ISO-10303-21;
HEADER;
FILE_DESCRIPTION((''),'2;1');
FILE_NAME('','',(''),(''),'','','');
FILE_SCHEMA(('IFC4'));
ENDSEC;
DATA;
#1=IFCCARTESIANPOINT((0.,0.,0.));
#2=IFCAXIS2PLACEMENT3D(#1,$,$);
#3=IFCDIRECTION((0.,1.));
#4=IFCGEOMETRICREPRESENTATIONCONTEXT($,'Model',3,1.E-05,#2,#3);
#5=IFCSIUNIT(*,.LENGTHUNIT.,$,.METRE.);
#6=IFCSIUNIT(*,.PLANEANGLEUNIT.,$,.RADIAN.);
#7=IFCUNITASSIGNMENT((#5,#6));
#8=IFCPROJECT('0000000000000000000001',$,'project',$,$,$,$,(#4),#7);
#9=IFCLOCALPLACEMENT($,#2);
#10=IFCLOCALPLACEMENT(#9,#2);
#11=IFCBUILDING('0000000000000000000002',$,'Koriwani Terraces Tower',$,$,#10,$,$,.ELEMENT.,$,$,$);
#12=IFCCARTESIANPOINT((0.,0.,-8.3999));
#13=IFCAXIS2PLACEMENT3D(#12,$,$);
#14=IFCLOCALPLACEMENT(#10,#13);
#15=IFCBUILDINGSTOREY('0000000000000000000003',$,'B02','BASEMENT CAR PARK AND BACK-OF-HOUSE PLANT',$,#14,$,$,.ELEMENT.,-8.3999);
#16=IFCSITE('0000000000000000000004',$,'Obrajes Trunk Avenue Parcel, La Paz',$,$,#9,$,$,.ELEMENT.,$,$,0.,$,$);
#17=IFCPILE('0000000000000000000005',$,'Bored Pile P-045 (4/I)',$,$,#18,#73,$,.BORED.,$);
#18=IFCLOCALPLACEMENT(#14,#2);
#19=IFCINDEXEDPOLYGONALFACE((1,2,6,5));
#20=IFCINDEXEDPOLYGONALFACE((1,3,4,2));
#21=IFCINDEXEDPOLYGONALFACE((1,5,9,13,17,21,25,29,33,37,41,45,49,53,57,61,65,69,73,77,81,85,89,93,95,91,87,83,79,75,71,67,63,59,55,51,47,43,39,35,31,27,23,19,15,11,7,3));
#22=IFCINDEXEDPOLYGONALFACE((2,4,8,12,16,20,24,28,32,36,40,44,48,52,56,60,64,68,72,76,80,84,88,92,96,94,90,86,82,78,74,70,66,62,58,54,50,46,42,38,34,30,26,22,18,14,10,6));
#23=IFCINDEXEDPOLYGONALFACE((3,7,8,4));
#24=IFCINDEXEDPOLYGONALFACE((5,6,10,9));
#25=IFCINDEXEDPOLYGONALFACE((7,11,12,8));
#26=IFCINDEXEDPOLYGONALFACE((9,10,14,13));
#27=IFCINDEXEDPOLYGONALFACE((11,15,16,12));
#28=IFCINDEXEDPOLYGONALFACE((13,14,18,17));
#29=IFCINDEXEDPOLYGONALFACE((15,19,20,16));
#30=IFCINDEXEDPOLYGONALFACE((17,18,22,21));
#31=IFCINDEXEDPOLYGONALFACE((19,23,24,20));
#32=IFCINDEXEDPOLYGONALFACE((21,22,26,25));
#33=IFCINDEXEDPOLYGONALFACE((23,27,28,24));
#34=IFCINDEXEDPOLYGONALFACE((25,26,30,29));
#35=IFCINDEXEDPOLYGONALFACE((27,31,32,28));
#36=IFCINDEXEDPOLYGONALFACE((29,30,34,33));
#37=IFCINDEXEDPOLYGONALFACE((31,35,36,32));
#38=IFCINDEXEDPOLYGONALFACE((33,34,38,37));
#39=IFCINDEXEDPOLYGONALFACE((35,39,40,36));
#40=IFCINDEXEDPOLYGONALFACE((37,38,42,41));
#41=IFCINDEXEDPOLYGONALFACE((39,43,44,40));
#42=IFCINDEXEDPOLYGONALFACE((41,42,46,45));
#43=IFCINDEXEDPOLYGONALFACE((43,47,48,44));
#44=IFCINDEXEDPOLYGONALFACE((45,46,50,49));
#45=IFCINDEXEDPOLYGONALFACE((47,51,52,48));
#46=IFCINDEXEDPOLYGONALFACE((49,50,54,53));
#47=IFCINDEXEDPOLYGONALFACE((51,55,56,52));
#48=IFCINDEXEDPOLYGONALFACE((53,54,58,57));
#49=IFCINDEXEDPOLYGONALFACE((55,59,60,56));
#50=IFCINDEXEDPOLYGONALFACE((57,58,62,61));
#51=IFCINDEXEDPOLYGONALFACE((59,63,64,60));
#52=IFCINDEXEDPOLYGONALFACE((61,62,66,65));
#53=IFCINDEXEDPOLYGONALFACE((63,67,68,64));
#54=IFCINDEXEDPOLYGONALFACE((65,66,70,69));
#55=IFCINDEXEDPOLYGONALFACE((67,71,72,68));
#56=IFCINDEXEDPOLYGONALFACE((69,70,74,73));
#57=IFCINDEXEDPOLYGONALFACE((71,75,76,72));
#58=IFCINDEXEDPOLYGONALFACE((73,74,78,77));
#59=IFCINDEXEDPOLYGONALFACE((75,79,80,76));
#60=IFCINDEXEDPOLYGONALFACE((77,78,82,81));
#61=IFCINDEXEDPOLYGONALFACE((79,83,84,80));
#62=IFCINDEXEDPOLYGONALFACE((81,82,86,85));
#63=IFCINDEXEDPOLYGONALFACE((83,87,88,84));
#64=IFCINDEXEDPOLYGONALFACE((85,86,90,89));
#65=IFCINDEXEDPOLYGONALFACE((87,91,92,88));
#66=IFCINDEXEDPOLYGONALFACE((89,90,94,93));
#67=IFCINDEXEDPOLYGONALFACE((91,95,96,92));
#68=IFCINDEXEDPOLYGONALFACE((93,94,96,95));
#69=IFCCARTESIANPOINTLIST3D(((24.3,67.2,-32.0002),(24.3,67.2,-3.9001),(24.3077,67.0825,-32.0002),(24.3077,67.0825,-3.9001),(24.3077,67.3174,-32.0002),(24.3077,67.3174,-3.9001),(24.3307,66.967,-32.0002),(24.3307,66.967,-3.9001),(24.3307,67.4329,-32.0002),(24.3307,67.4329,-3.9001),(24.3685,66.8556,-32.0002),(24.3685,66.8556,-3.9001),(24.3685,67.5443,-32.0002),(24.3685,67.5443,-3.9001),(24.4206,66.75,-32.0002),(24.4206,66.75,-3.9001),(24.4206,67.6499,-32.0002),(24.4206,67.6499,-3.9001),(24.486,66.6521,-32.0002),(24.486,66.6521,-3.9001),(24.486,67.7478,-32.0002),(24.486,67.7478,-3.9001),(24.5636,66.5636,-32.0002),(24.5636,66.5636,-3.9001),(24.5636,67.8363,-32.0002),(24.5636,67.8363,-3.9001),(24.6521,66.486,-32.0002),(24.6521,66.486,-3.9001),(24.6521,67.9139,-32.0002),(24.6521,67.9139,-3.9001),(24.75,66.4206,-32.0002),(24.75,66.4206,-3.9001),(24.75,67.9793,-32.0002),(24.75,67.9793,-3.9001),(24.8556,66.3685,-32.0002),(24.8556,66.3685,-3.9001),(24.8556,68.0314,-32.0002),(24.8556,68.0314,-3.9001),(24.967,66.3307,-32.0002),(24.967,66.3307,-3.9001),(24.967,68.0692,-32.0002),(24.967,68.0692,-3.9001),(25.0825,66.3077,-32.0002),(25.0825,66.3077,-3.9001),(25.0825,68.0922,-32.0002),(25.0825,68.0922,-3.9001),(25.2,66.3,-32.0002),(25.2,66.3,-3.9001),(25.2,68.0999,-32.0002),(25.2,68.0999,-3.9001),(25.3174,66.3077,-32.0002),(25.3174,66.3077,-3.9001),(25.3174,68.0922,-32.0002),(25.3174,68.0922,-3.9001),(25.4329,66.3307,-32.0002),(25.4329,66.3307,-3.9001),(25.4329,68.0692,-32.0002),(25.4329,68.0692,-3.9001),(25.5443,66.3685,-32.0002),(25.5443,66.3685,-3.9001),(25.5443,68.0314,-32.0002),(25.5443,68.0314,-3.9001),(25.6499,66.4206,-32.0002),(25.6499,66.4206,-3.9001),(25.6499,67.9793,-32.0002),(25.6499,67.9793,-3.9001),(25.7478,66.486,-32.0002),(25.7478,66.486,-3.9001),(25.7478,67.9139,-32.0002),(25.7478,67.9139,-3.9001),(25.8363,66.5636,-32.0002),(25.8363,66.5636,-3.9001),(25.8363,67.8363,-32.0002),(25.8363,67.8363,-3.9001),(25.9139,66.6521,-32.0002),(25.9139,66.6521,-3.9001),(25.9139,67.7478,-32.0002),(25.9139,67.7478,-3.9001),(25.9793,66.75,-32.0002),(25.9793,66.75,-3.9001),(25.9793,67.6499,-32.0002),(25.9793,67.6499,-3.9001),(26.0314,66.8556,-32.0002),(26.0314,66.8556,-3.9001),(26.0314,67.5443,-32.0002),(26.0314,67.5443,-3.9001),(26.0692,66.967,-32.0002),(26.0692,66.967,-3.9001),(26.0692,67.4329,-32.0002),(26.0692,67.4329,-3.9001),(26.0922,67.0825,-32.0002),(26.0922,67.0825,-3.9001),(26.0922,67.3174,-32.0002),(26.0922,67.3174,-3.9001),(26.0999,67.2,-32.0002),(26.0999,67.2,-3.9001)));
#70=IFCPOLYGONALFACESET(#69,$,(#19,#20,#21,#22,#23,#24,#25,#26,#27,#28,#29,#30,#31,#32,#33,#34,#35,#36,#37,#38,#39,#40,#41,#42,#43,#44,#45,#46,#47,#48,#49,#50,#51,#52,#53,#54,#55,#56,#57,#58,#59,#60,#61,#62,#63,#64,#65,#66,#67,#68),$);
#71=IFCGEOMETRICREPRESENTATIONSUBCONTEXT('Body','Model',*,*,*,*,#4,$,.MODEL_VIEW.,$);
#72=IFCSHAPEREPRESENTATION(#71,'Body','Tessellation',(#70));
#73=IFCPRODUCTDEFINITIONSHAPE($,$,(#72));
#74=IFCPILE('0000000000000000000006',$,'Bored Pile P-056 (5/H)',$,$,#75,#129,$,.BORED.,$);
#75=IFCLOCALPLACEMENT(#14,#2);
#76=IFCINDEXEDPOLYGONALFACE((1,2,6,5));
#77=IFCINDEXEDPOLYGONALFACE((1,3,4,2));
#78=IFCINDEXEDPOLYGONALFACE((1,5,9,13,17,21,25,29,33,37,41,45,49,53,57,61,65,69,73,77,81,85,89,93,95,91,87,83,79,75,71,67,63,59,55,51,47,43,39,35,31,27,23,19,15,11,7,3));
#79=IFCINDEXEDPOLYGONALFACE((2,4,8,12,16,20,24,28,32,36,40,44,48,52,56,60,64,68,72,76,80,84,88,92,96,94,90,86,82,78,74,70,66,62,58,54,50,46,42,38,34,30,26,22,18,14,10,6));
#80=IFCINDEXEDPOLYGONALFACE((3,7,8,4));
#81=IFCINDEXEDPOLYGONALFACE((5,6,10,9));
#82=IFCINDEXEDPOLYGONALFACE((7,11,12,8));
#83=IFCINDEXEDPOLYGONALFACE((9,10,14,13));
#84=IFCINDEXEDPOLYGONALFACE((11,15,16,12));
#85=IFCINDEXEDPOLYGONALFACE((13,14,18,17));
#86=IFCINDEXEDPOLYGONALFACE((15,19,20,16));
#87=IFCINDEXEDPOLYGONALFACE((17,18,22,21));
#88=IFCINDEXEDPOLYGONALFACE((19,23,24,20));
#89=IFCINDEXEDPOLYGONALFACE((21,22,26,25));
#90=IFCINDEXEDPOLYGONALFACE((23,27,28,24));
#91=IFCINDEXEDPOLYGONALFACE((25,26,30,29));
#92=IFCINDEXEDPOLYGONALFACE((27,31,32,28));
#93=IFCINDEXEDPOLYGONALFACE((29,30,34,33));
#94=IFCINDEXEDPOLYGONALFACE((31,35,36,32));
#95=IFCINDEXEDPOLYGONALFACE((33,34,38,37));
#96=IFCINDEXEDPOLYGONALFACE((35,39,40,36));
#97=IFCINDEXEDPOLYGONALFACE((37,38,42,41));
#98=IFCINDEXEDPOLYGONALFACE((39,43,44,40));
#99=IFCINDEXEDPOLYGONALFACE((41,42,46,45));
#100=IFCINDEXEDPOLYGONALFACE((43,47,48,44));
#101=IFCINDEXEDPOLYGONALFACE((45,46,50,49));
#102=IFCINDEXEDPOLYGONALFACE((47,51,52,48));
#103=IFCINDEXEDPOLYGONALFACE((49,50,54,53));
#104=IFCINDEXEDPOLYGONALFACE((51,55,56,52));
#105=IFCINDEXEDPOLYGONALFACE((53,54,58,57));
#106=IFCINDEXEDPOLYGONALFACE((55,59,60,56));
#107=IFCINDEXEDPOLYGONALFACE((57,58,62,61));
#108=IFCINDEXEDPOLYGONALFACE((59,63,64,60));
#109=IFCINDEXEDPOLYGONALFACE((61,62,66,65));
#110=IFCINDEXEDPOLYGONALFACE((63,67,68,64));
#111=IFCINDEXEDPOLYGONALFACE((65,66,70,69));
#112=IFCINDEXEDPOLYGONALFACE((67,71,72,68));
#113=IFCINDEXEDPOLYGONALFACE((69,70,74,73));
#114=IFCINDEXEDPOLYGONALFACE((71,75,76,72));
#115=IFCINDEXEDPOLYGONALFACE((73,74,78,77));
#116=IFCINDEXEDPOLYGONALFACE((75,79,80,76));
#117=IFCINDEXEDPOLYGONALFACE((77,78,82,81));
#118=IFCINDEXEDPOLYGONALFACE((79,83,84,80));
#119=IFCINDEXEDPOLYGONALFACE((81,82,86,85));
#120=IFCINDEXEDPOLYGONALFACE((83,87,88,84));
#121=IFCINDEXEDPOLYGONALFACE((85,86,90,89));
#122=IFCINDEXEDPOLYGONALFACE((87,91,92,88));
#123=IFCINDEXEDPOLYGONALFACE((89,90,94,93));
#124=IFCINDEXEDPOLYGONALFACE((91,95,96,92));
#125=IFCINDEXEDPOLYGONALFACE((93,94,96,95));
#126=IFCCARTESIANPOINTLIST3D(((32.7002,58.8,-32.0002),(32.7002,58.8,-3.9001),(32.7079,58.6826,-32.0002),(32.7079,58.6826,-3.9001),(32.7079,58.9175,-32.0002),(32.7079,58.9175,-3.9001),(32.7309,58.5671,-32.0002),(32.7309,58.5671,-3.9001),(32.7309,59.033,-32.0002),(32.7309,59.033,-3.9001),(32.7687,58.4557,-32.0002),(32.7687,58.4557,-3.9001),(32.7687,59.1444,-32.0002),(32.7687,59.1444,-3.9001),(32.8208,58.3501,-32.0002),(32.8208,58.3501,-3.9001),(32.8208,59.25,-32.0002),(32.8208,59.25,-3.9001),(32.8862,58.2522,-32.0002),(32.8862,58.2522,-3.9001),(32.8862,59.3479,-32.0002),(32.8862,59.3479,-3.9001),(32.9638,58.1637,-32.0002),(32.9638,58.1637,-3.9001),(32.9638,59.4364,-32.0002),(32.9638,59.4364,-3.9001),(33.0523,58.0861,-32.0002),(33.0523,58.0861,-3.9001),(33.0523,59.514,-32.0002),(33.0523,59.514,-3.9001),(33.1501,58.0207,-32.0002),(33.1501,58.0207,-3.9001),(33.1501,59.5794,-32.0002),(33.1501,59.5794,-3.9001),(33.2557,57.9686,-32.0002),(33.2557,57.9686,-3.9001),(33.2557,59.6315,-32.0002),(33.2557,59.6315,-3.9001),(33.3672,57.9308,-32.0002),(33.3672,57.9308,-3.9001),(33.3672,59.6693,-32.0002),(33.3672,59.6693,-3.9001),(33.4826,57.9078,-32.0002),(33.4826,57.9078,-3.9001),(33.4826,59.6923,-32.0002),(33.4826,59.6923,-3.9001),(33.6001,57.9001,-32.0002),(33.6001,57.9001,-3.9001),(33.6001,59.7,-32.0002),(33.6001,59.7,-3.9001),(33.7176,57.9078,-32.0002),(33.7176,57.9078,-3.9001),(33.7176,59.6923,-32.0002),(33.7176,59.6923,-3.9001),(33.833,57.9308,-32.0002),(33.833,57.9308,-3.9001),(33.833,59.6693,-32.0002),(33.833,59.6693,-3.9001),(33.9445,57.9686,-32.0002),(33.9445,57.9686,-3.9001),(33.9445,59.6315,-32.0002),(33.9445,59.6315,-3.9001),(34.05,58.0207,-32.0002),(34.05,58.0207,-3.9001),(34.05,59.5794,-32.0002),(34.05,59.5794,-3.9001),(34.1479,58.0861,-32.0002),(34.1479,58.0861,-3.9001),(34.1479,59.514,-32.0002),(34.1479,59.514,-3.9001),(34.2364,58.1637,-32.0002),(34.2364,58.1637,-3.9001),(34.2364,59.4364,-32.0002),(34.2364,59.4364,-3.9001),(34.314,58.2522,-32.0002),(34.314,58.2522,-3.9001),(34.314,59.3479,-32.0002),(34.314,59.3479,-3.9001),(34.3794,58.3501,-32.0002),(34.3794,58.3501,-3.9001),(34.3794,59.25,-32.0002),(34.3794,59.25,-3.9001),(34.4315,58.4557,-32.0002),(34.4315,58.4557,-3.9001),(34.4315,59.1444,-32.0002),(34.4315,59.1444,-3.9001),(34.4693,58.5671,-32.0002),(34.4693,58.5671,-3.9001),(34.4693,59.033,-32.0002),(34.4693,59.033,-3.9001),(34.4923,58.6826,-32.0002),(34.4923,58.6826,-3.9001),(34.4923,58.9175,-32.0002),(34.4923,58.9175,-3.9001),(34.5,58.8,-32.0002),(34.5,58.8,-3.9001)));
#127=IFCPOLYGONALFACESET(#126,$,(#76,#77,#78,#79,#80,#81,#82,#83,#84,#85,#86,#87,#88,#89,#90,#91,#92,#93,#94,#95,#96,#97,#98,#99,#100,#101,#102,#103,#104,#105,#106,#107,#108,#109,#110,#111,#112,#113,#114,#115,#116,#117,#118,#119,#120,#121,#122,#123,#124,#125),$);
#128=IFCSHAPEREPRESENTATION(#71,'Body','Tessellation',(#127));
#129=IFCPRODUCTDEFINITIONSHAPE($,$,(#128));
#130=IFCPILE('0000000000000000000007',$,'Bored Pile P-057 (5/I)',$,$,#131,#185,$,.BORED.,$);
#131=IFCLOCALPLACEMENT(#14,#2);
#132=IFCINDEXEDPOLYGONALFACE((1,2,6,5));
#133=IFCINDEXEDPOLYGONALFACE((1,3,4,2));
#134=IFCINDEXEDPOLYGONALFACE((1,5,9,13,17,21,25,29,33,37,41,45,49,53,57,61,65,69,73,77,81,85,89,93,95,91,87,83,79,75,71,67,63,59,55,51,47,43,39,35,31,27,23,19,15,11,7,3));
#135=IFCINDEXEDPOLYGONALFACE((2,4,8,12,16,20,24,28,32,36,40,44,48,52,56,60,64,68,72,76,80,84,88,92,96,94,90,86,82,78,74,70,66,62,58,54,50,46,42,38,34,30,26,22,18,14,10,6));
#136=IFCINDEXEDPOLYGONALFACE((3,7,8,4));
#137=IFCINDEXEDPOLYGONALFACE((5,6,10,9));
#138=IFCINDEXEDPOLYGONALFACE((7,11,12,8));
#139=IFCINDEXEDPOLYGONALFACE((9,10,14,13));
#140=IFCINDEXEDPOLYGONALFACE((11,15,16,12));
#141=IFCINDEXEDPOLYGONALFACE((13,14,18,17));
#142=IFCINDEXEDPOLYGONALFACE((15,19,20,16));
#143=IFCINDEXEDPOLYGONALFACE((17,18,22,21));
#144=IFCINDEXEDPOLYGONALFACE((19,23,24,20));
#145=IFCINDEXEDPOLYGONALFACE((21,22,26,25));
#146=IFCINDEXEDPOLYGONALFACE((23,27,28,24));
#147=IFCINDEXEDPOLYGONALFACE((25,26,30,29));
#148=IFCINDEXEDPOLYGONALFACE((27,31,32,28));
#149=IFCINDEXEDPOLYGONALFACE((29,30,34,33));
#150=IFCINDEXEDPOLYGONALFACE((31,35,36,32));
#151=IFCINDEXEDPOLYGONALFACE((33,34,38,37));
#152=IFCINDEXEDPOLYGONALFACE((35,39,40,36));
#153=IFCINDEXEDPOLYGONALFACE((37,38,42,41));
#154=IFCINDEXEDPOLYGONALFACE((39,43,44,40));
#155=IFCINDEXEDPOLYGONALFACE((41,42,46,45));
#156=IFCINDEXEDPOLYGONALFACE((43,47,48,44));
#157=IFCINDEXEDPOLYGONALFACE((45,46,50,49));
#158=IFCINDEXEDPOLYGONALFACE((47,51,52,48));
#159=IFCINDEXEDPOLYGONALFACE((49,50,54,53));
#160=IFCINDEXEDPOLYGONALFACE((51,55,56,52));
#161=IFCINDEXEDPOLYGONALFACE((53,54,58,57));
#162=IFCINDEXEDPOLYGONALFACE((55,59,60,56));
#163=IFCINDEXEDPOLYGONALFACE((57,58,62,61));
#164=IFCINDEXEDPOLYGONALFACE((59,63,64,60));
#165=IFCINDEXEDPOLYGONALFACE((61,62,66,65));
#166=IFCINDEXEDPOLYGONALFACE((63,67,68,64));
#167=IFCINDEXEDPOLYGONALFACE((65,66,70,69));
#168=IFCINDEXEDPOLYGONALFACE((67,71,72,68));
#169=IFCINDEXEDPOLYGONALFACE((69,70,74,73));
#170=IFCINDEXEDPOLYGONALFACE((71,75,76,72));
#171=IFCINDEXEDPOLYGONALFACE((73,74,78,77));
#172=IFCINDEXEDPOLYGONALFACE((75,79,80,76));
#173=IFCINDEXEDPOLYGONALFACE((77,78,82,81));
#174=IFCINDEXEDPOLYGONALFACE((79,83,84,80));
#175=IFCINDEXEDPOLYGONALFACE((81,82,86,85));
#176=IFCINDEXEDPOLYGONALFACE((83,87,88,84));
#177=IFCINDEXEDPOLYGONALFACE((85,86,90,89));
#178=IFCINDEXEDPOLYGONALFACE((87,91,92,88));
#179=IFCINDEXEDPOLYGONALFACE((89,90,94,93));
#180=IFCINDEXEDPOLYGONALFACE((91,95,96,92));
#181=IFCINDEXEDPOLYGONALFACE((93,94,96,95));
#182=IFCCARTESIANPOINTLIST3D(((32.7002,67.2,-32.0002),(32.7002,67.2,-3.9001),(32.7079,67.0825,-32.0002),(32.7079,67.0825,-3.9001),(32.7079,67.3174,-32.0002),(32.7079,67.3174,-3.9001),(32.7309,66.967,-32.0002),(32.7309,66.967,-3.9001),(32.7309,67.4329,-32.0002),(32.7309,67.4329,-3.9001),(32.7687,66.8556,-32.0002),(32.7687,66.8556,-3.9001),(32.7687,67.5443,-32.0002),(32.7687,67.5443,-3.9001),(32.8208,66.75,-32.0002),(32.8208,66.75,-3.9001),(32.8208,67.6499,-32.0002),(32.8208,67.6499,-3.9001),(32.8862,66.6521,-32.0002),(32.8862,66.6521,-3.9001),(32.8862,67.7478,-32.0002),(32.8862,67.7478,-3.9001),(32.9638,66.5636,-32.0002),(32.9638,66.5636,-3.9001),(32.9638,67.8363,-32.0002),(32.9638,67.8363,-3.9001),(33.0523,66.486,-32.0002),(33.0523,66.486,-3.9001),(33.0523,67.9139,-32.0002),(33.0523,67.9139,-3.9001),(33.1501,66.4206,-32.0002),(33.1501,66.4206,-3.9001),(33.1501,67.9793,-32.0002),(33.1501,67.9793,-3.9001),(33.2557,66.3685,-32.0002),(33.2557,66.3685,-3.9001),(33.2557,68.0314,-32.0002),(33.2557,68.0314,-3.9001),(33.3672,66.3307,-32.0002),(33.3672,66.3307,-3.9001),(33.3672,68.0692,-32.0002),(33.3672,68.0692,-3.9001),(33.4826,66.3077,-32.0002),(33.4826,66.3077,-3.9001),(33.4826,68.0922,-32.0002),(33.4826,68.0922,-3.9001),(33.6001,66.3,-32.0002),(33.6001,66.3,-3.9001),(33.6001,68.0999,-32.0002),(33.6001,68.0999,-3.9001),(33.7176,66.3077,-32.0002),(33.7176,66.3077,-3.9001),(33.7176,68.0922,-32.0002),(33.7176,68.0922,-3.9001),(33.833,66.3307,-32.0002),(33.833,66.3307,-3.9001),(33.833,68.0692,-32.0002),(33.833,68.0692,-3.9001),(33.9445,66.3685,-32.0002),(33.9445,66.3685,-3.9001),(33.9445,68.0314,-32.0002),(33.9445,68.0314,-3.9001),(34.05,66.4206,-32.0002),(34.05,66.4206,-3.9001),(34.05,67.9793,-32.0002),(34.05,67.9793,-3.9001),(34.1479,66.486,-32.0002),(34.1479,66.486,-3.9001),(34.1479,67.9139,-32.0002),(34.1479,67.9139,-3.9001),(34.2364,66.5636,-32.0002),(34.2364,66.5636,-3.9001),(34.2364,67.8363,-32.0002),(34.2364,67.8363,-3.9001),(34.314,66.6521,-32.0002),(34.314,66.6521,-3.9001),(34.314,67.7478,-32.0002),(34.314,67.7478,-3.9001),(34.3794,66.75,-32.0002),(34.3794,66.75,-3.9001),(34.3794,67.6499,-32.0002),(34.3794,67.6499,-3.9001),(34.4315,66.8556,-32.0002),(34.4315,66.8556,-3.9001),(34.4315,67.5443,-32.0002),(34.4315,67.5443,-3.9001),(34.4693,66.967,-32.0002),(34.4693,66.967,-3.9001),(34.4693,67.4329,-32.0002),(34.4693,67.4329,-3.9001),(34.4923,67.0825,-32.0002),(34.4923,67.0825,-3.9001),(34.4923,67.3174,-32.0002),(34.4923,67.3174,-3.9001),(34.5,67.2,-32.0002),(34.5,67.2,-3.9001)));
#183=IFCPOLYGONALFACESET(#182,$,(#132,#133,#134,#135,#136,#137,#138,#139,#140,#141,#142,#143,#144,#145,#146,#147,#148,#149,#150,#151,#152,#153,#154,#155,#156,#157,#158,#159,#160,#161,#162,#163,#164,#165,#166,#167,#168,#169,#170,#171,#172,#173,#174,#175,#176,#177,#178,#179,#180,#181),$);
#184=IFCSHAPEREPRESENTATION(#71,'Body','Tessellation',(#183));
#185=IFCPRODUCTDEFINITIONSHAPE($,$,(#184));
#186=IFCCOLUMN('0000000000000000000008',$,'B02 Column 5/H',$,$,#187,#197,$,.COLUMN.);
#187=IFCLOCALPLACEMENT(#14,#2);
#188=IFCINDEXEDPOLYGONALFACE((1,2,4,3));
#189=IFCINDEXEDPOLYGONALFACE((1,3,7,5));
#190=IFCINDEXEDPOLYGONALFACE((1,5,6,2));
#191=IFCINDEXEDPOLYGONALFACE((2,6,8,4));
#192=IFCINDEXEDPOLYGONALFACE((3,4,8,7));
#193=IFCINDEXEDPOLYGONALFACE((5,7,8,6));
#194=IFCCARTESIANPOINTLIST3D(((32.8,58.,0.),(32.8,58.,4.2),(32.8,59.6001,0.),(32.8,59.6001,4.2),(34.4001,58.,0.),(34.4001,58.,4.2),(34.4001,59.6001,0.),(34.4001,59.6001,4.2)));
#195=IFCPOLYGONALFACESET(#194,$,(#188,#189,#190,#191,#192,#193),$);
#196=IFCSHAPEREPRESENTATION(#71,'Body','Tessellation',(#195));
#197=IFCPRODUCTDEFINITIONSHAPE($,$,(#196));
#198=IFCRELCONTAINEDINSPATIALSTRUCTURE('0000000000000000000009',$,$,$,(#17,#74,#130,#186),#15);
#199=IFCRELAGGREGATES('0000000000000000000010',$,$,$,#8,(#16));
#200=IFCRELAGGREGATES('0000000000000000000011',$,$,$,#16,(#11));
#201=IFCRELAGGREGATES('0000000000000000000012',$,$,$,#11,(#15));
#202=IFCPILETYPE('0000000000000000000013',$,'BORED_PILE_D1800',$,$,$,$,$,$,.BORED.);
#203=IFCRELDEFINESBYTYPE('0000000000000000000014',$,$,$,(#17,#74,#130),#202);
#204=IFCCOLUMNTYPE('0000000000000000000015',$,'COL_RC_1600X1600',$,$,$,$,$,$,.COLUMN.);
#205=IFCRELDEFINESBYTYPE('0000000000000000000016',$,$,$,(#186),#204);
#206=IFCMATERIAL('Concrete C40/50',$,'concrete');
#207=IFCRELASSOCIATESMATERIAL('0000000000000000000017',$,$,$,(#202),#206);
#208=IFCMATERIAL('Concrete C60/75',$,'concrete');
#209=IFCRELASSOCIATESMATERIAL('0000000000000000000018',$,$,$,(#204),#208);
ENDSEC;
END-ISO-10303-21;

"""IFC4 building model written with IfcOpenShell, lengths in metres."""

from ifc_helpers import new_model, si_unit, direction, frame, origin, origin_2d, place, context, subcontext, project, spatial, rectangle, circle, extrude, material, material_profile, profile_set, type_object, element, save


model = new_model("IFC4")

# Units and contexts
model_context = context("Model", 3, precision=1e-05, world=origin(), true_north=direction((0.0, 1.0)))
body_context = subcontext(model_context, "Body", "Model", "MODEL_VIEW")
ifc_project = project(units=[si_unit("LENGTHUNIT", "METRE"), si_unit("PLANEANGLEUNIT", "RADIAN")], contexts=[model_context])

# Site, building, storey
site_placement = place(None, origin())
site = spatial("IfcSite", under=ifc_project, at=site_placement, Name="Obrajes Trunk Avenue Parcel, La Paz", CompositionType="ELEMENT", RefElevation=0.0)
building_placement = place(site_placement, origin())
building = spatial("IfcBuilding", under=site, at=building_placement, Name="Koriwani Terraces Tower", CompositionType="ELEMENT")
storey_placement = place(building_placement, frame((0.0, 0.0, -8.3999)))
storey = spatial("IfcBuildingStorey", under=building, at=storey_placement, Name="B02", Description="BASEMENT CAR PARK AND BACK-OF-HOUSE PLANT", CompositionType="ELEMENT", Elevation=-8.3999)

# Piles
ifc_material_1 = material(Name="Concrete C40/50", Category="concrete")
ifc_material_profile_1 = material_profile(ifc_material_1, circle(Radius=0.8999, at=origin_2d()), Name="Concrete C40/50")
ifc_profile_set_1 = profile_set([ifc_material_profile_1], Name="Concrete C40/50")
pile_type = type_object("IfcPileType", Name="BORED_PILE_D1800", PredefinedType="BORED", material=ifc_profile_set_1)
for number, where, z_axis, x_axis, name in (
    (1, (25.2, 67.2, -3.9001), (0.0, 0.0, -1.0), (1.0, 0.0, 0.0), "Bored Pile P-045 (4/I)"),
    (2, (33.6001, 58.8, -3.9001), (0.0, 0.0, -1.0), (1.0, 0.0, 0.0), "Bored Pile P-056 (5/H)"),
    (3, (33.6001, 67.2, -3.9001), (0.0, 0.0, -1.0), (1.0, 0.0, 0.0), "Bored Pile P-057 (5/I)"),
):
    element("IfcPile", number, at=place(storey_placement, frame(where, z_axis=z_axis, x_axis=x_axis)), inside=storey, type_object=pile_type, Name=name, PredefinedType="BORED", context=body_context, shape_type="SweptSolid", body=[
        extrude(circle(Radius=0.8999, at=origin_2d()), origin(), (0.0, 0.0, 1.0), 28.1001),
    ])

# Column
ifc_material_2 = material(Name="Concrete C60/75", Category="concrete")
ifc_material_profile_2 = material_profile(ifc_material_2, rectangle(XDim=1.6001, YDim=1.6001, at=origin_2d()), Name="Concrete C60/75", Category="LoadBearing")
ifc_profile_set_2 = profile_set([ifc_material_profile_2], Name="Concrete C60/75")
column_type_1 = type_object("IfcColumnType", Name="COL_RC_1600X1600", PredefinedType="COLUMN", material=ifc_profile_set_2)
column_placement = place(storey_placement, frame((33.6001, 58.8, 0.0), z_axis=(0.0, 0.0, 1.0), x_axis=(1.0, 0.0, 0.0)))
element("IfcColumn", 4, at=column_placement, inside=storey, type_object=column_type_1, Name="B02 Column 5/H", PredefinedType="COLUMN", context=body_context, shape_type="SweptSolid", body=[
    extrude(rectangle(XDim=1.6001, YDim=1.6001, at=origin_2d()), origin(), (0.0, 0.0, 1.0), 4.2),
])

save(model, "model.ifc")
